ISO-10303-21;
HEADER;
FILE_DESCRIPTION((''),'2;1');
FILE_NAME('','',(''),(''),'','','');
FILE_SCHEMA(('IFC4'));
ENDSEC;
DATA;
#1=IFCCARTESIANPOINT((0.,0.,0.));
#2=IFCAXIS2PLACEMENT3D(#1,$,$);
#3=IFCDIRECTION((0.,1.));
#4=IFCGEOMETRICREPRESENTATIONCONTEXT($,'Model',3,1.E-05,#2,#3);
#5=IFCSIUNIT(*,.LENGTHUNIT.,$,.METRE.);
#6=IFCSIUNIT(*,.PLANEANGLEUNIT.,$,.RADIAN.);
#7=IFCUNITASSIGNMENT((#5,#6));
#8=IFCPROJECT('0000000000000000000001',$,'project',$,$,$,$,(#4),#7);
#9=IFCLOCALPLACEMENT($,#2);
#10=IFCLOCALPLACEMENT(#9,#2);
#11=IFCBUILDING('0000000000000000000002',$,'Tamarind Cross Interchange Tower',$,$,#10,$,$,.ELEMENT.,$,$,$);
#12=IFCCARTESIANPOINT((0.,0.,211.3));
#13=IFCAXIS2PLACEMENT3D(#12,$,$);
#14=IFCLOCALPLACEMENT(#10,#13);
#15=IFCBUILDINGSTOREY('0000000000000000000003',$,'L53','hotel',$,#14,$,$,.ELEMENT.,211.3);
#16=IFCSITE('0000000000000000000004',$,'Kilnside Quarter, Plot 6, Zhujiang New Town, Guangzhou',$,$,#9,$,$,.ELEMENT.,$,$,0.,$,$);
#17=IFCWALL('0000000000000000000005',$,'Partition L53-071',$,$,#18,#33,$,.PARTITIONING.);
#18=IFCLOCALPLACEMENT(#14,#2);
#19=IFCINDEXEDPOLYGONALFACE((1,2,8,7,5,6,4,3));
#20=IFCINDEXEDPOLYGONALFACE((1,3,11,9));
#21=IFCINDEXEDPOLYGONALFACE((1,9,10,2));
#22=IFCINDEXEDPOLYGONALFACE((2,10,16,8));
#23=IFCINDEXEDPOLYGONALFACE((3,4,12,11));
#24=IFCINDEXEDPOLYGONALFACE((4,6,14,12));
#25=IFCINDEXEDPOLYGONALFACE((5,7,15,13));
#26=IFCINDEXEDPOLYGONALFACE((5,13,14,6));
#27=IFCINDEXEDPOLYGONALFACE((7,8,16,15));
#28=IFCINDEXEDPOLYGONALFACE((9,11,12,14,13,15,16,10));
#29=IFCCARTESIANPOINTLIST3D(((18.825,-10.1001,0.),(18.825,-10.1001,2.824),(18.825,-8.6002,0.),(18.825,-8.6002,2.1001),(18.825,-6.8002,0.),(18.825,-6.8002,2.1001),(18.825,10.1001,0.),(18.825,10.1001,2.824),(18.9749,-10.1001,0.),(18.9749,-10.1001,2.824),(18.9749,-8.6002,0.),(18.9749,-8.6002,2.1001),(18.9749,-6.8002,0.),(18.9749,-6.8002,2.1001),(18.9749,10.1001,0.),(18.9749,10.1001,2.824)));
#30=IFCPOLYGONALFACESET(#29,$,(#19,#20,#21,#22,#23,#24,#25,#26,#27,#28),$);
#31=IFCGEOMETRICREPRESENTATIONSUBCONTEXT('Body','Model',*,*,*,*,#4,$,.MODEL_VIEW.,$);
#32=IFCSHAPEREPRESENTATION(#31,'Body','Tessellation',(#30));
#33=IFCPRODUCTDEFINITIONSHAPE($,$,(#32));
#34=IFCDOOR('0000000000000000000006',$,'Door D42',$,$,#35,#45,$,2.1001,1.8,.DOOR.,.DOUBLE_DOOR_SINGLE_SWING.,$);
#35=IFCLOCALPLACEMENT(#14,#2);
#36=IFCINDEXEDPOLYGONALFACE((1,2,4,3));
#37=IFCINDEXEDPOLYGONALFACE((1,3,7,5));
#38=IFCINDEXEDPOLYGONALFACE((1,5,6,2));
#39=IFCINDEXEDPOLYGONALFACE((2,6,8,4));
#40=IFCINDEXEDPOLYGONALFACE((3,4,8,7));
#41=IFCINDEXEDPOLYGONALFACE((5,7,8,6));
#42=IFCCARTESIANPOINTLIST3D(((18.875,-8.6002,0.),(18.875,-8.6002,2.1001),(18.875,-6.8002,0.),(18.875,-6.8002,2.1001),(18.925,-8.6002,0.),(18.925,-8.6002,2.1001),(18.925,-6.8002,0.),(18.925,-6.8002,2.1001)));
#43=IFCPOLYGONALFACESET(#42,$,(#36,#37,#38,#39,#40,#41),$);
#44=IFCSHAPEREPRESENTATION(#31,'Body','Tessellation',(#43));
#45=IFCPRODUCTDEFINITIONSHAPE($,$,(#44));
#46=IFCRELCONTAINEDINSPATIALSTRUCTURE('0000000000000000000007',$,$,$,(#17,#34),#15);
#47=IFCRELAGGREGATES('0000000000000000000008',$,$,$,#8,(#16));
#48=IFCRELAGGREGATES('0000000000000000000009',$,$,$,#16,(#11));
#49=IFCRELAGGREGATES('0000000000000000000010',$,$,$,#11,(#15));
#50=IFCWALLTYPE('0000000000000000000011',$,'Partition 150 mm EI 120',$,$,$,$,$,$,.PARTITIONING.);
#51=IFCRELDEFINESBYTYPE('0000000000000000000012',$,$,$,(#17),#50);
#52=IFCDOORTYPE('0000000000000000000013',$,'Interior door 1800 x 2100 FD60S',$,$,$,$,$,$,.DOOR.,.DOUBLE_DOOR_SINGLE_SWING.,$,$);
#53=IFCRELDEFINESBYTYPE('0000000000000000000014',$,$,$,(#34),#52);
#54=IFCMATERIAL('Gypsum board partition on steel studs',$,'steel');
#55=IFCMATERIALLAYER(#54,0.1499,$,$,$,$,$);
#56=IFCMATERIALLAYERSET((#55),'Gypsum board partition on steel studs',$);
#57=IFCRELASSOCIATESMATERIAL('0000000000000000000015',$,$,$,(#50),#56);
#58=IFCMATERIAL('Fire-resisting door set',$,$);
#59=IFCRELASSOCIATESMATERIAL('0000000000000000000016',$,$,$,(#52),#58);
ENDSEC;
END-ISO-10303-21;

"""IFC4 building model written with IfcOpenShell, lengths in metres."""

from ifc_helpers import new_model, si_unit, direction, frame, frame_2d, origin, place, context, subcontext, project, spatial, rectangle, extrude, material, layer, layer_set, type_object, element, fill, save


model = new_model("IFC4")

# Units and contexts
model_context = context("Model", 3, precision=1e-05, world=origin(), true_north=direction((0.0, 1.0)))
body_context = subcontext(model_context, "Body", "Model", "MODEL_VIEW")
ifc_project = project(units=[si_unit("LENGTHUNIT", "METRE"), si_unit("PLANEANGLEUNIT", "RADIAN")], contexts=[model_context])

# Site, building, storey
site_placement = place(None, origin())
site = spatial("IfcSite", under=ifc_project, at=site_placement, Name="Kilnside Quarter, Plot 6, Zhujiang New Town, Guangzhou", CompositionType="ELEMENT", RefElevation=0.0)
building_placement = place(site_placement, origin())
building = spatial("IfcBuilding", under=site, at=building_placement, Name="Tamarind Cross Interchange Tower", CompositionType="ELEMENT")
storey_placement = place(building_placement, frame((0.0, 0.0, 211.3)))
storey = spatial("IfcBuildingStorey", under=building, at=storey_placement, Name="L53", Description="hotel", CompositionType="ELEMENT", Elevation=211.3)

# Shared definitions
ifc_material_1 = material(Name="Gypsum board partition on steel studs", Category="steel")
ifc_layer_1 = layer(ifc_material_1, 0.1499)
ifc_layer_set_1 = layer_set([ifc_layer_1], Name="Gypsum board partition on steel studs")
wall_type_1 = type_object("IfcWallType", Name="Partition 150 mm EI 120", PredefinedType="PARTITIONING", material=ifc_layer_set_1)

# Wall, opening, door
wall_1_placement = place(storey_placement, frame((18.8999, -10.1001, 0.0), z_axis=(0.0, 0.0, 1.0), x_axis=(0.0, 1.0, 0.0)))
wall_1 = element("IfcWall", 1, at=wall_1_placement, inside=storey, type_object=wall_type_1, Name="Partition L53-071", PredefinedType="PARTITIONING", context=body_context, shape_type="SweptSolid", body=[
    extrude(rectangle(XDim=20.2002, YDim=0.1499, at=frame_2d((10.1001, 0.0))), origin(), (0.0, 0.0, 1.0), 2.824),
])
opening_1_placement = place(wall_1_placement, frame((1.5, 0.0, 0.0)))
opening_1 = element("IfcOpeningElement", 2, at=opening_1_placement, cuts=wall_1, PredefinedType="OPENING", context=body_context, shape_type="SweptSolid", body=[
    extrude(rectangle(XDim=1.8, YDim=2.1001, at=frame_2d((0.8999, 1.05))), frame((0.0, 0.085, 0.0), z_axis=(0.0, -1.0, 0.0), x_axis=(1.0, 0.0, 0.0)), (0.0, 0.0, 1.0), 0.1699),
])
ifc_material_2 = material(Name="Fire-resisting door set")
door_type_1 = type_object("IfcDoorType", Name="Interior door 1800 x 2100 FD60S", OperationType="DOUBLE_DOOR_SINGLE_SWING", PredefinedType="DOOR", material=ifc_material_2)
door_1_placement = place(opening_1_placement, origin())
door_1 = element("IfcDoor", 3, at=door_1_placement, inside=storey, type_object=door_type_1, Name="Door D42", OperationType="DOUBLE_DOOR_SINGLE_SWING", OverallHeight=2.1001, OverallWidth=1.8, PredefinedType="DOOR", context=body_context, shape_type="SweptSolid", body=[
    extrude(rectangle(XDim=1.8, YDim=2.1001, at=frame_2d((0.8999, 1.05))), frame((0.0, 0.0249, 0.0), z_axis=(0.0, -1.0, 0.0), x_axis=(1.0, 0.0, 0.0)), (0.0, 0.0, 1.0), 0.05),
])
fill(opening_1, door_1)

save(model, "model.ifc")
